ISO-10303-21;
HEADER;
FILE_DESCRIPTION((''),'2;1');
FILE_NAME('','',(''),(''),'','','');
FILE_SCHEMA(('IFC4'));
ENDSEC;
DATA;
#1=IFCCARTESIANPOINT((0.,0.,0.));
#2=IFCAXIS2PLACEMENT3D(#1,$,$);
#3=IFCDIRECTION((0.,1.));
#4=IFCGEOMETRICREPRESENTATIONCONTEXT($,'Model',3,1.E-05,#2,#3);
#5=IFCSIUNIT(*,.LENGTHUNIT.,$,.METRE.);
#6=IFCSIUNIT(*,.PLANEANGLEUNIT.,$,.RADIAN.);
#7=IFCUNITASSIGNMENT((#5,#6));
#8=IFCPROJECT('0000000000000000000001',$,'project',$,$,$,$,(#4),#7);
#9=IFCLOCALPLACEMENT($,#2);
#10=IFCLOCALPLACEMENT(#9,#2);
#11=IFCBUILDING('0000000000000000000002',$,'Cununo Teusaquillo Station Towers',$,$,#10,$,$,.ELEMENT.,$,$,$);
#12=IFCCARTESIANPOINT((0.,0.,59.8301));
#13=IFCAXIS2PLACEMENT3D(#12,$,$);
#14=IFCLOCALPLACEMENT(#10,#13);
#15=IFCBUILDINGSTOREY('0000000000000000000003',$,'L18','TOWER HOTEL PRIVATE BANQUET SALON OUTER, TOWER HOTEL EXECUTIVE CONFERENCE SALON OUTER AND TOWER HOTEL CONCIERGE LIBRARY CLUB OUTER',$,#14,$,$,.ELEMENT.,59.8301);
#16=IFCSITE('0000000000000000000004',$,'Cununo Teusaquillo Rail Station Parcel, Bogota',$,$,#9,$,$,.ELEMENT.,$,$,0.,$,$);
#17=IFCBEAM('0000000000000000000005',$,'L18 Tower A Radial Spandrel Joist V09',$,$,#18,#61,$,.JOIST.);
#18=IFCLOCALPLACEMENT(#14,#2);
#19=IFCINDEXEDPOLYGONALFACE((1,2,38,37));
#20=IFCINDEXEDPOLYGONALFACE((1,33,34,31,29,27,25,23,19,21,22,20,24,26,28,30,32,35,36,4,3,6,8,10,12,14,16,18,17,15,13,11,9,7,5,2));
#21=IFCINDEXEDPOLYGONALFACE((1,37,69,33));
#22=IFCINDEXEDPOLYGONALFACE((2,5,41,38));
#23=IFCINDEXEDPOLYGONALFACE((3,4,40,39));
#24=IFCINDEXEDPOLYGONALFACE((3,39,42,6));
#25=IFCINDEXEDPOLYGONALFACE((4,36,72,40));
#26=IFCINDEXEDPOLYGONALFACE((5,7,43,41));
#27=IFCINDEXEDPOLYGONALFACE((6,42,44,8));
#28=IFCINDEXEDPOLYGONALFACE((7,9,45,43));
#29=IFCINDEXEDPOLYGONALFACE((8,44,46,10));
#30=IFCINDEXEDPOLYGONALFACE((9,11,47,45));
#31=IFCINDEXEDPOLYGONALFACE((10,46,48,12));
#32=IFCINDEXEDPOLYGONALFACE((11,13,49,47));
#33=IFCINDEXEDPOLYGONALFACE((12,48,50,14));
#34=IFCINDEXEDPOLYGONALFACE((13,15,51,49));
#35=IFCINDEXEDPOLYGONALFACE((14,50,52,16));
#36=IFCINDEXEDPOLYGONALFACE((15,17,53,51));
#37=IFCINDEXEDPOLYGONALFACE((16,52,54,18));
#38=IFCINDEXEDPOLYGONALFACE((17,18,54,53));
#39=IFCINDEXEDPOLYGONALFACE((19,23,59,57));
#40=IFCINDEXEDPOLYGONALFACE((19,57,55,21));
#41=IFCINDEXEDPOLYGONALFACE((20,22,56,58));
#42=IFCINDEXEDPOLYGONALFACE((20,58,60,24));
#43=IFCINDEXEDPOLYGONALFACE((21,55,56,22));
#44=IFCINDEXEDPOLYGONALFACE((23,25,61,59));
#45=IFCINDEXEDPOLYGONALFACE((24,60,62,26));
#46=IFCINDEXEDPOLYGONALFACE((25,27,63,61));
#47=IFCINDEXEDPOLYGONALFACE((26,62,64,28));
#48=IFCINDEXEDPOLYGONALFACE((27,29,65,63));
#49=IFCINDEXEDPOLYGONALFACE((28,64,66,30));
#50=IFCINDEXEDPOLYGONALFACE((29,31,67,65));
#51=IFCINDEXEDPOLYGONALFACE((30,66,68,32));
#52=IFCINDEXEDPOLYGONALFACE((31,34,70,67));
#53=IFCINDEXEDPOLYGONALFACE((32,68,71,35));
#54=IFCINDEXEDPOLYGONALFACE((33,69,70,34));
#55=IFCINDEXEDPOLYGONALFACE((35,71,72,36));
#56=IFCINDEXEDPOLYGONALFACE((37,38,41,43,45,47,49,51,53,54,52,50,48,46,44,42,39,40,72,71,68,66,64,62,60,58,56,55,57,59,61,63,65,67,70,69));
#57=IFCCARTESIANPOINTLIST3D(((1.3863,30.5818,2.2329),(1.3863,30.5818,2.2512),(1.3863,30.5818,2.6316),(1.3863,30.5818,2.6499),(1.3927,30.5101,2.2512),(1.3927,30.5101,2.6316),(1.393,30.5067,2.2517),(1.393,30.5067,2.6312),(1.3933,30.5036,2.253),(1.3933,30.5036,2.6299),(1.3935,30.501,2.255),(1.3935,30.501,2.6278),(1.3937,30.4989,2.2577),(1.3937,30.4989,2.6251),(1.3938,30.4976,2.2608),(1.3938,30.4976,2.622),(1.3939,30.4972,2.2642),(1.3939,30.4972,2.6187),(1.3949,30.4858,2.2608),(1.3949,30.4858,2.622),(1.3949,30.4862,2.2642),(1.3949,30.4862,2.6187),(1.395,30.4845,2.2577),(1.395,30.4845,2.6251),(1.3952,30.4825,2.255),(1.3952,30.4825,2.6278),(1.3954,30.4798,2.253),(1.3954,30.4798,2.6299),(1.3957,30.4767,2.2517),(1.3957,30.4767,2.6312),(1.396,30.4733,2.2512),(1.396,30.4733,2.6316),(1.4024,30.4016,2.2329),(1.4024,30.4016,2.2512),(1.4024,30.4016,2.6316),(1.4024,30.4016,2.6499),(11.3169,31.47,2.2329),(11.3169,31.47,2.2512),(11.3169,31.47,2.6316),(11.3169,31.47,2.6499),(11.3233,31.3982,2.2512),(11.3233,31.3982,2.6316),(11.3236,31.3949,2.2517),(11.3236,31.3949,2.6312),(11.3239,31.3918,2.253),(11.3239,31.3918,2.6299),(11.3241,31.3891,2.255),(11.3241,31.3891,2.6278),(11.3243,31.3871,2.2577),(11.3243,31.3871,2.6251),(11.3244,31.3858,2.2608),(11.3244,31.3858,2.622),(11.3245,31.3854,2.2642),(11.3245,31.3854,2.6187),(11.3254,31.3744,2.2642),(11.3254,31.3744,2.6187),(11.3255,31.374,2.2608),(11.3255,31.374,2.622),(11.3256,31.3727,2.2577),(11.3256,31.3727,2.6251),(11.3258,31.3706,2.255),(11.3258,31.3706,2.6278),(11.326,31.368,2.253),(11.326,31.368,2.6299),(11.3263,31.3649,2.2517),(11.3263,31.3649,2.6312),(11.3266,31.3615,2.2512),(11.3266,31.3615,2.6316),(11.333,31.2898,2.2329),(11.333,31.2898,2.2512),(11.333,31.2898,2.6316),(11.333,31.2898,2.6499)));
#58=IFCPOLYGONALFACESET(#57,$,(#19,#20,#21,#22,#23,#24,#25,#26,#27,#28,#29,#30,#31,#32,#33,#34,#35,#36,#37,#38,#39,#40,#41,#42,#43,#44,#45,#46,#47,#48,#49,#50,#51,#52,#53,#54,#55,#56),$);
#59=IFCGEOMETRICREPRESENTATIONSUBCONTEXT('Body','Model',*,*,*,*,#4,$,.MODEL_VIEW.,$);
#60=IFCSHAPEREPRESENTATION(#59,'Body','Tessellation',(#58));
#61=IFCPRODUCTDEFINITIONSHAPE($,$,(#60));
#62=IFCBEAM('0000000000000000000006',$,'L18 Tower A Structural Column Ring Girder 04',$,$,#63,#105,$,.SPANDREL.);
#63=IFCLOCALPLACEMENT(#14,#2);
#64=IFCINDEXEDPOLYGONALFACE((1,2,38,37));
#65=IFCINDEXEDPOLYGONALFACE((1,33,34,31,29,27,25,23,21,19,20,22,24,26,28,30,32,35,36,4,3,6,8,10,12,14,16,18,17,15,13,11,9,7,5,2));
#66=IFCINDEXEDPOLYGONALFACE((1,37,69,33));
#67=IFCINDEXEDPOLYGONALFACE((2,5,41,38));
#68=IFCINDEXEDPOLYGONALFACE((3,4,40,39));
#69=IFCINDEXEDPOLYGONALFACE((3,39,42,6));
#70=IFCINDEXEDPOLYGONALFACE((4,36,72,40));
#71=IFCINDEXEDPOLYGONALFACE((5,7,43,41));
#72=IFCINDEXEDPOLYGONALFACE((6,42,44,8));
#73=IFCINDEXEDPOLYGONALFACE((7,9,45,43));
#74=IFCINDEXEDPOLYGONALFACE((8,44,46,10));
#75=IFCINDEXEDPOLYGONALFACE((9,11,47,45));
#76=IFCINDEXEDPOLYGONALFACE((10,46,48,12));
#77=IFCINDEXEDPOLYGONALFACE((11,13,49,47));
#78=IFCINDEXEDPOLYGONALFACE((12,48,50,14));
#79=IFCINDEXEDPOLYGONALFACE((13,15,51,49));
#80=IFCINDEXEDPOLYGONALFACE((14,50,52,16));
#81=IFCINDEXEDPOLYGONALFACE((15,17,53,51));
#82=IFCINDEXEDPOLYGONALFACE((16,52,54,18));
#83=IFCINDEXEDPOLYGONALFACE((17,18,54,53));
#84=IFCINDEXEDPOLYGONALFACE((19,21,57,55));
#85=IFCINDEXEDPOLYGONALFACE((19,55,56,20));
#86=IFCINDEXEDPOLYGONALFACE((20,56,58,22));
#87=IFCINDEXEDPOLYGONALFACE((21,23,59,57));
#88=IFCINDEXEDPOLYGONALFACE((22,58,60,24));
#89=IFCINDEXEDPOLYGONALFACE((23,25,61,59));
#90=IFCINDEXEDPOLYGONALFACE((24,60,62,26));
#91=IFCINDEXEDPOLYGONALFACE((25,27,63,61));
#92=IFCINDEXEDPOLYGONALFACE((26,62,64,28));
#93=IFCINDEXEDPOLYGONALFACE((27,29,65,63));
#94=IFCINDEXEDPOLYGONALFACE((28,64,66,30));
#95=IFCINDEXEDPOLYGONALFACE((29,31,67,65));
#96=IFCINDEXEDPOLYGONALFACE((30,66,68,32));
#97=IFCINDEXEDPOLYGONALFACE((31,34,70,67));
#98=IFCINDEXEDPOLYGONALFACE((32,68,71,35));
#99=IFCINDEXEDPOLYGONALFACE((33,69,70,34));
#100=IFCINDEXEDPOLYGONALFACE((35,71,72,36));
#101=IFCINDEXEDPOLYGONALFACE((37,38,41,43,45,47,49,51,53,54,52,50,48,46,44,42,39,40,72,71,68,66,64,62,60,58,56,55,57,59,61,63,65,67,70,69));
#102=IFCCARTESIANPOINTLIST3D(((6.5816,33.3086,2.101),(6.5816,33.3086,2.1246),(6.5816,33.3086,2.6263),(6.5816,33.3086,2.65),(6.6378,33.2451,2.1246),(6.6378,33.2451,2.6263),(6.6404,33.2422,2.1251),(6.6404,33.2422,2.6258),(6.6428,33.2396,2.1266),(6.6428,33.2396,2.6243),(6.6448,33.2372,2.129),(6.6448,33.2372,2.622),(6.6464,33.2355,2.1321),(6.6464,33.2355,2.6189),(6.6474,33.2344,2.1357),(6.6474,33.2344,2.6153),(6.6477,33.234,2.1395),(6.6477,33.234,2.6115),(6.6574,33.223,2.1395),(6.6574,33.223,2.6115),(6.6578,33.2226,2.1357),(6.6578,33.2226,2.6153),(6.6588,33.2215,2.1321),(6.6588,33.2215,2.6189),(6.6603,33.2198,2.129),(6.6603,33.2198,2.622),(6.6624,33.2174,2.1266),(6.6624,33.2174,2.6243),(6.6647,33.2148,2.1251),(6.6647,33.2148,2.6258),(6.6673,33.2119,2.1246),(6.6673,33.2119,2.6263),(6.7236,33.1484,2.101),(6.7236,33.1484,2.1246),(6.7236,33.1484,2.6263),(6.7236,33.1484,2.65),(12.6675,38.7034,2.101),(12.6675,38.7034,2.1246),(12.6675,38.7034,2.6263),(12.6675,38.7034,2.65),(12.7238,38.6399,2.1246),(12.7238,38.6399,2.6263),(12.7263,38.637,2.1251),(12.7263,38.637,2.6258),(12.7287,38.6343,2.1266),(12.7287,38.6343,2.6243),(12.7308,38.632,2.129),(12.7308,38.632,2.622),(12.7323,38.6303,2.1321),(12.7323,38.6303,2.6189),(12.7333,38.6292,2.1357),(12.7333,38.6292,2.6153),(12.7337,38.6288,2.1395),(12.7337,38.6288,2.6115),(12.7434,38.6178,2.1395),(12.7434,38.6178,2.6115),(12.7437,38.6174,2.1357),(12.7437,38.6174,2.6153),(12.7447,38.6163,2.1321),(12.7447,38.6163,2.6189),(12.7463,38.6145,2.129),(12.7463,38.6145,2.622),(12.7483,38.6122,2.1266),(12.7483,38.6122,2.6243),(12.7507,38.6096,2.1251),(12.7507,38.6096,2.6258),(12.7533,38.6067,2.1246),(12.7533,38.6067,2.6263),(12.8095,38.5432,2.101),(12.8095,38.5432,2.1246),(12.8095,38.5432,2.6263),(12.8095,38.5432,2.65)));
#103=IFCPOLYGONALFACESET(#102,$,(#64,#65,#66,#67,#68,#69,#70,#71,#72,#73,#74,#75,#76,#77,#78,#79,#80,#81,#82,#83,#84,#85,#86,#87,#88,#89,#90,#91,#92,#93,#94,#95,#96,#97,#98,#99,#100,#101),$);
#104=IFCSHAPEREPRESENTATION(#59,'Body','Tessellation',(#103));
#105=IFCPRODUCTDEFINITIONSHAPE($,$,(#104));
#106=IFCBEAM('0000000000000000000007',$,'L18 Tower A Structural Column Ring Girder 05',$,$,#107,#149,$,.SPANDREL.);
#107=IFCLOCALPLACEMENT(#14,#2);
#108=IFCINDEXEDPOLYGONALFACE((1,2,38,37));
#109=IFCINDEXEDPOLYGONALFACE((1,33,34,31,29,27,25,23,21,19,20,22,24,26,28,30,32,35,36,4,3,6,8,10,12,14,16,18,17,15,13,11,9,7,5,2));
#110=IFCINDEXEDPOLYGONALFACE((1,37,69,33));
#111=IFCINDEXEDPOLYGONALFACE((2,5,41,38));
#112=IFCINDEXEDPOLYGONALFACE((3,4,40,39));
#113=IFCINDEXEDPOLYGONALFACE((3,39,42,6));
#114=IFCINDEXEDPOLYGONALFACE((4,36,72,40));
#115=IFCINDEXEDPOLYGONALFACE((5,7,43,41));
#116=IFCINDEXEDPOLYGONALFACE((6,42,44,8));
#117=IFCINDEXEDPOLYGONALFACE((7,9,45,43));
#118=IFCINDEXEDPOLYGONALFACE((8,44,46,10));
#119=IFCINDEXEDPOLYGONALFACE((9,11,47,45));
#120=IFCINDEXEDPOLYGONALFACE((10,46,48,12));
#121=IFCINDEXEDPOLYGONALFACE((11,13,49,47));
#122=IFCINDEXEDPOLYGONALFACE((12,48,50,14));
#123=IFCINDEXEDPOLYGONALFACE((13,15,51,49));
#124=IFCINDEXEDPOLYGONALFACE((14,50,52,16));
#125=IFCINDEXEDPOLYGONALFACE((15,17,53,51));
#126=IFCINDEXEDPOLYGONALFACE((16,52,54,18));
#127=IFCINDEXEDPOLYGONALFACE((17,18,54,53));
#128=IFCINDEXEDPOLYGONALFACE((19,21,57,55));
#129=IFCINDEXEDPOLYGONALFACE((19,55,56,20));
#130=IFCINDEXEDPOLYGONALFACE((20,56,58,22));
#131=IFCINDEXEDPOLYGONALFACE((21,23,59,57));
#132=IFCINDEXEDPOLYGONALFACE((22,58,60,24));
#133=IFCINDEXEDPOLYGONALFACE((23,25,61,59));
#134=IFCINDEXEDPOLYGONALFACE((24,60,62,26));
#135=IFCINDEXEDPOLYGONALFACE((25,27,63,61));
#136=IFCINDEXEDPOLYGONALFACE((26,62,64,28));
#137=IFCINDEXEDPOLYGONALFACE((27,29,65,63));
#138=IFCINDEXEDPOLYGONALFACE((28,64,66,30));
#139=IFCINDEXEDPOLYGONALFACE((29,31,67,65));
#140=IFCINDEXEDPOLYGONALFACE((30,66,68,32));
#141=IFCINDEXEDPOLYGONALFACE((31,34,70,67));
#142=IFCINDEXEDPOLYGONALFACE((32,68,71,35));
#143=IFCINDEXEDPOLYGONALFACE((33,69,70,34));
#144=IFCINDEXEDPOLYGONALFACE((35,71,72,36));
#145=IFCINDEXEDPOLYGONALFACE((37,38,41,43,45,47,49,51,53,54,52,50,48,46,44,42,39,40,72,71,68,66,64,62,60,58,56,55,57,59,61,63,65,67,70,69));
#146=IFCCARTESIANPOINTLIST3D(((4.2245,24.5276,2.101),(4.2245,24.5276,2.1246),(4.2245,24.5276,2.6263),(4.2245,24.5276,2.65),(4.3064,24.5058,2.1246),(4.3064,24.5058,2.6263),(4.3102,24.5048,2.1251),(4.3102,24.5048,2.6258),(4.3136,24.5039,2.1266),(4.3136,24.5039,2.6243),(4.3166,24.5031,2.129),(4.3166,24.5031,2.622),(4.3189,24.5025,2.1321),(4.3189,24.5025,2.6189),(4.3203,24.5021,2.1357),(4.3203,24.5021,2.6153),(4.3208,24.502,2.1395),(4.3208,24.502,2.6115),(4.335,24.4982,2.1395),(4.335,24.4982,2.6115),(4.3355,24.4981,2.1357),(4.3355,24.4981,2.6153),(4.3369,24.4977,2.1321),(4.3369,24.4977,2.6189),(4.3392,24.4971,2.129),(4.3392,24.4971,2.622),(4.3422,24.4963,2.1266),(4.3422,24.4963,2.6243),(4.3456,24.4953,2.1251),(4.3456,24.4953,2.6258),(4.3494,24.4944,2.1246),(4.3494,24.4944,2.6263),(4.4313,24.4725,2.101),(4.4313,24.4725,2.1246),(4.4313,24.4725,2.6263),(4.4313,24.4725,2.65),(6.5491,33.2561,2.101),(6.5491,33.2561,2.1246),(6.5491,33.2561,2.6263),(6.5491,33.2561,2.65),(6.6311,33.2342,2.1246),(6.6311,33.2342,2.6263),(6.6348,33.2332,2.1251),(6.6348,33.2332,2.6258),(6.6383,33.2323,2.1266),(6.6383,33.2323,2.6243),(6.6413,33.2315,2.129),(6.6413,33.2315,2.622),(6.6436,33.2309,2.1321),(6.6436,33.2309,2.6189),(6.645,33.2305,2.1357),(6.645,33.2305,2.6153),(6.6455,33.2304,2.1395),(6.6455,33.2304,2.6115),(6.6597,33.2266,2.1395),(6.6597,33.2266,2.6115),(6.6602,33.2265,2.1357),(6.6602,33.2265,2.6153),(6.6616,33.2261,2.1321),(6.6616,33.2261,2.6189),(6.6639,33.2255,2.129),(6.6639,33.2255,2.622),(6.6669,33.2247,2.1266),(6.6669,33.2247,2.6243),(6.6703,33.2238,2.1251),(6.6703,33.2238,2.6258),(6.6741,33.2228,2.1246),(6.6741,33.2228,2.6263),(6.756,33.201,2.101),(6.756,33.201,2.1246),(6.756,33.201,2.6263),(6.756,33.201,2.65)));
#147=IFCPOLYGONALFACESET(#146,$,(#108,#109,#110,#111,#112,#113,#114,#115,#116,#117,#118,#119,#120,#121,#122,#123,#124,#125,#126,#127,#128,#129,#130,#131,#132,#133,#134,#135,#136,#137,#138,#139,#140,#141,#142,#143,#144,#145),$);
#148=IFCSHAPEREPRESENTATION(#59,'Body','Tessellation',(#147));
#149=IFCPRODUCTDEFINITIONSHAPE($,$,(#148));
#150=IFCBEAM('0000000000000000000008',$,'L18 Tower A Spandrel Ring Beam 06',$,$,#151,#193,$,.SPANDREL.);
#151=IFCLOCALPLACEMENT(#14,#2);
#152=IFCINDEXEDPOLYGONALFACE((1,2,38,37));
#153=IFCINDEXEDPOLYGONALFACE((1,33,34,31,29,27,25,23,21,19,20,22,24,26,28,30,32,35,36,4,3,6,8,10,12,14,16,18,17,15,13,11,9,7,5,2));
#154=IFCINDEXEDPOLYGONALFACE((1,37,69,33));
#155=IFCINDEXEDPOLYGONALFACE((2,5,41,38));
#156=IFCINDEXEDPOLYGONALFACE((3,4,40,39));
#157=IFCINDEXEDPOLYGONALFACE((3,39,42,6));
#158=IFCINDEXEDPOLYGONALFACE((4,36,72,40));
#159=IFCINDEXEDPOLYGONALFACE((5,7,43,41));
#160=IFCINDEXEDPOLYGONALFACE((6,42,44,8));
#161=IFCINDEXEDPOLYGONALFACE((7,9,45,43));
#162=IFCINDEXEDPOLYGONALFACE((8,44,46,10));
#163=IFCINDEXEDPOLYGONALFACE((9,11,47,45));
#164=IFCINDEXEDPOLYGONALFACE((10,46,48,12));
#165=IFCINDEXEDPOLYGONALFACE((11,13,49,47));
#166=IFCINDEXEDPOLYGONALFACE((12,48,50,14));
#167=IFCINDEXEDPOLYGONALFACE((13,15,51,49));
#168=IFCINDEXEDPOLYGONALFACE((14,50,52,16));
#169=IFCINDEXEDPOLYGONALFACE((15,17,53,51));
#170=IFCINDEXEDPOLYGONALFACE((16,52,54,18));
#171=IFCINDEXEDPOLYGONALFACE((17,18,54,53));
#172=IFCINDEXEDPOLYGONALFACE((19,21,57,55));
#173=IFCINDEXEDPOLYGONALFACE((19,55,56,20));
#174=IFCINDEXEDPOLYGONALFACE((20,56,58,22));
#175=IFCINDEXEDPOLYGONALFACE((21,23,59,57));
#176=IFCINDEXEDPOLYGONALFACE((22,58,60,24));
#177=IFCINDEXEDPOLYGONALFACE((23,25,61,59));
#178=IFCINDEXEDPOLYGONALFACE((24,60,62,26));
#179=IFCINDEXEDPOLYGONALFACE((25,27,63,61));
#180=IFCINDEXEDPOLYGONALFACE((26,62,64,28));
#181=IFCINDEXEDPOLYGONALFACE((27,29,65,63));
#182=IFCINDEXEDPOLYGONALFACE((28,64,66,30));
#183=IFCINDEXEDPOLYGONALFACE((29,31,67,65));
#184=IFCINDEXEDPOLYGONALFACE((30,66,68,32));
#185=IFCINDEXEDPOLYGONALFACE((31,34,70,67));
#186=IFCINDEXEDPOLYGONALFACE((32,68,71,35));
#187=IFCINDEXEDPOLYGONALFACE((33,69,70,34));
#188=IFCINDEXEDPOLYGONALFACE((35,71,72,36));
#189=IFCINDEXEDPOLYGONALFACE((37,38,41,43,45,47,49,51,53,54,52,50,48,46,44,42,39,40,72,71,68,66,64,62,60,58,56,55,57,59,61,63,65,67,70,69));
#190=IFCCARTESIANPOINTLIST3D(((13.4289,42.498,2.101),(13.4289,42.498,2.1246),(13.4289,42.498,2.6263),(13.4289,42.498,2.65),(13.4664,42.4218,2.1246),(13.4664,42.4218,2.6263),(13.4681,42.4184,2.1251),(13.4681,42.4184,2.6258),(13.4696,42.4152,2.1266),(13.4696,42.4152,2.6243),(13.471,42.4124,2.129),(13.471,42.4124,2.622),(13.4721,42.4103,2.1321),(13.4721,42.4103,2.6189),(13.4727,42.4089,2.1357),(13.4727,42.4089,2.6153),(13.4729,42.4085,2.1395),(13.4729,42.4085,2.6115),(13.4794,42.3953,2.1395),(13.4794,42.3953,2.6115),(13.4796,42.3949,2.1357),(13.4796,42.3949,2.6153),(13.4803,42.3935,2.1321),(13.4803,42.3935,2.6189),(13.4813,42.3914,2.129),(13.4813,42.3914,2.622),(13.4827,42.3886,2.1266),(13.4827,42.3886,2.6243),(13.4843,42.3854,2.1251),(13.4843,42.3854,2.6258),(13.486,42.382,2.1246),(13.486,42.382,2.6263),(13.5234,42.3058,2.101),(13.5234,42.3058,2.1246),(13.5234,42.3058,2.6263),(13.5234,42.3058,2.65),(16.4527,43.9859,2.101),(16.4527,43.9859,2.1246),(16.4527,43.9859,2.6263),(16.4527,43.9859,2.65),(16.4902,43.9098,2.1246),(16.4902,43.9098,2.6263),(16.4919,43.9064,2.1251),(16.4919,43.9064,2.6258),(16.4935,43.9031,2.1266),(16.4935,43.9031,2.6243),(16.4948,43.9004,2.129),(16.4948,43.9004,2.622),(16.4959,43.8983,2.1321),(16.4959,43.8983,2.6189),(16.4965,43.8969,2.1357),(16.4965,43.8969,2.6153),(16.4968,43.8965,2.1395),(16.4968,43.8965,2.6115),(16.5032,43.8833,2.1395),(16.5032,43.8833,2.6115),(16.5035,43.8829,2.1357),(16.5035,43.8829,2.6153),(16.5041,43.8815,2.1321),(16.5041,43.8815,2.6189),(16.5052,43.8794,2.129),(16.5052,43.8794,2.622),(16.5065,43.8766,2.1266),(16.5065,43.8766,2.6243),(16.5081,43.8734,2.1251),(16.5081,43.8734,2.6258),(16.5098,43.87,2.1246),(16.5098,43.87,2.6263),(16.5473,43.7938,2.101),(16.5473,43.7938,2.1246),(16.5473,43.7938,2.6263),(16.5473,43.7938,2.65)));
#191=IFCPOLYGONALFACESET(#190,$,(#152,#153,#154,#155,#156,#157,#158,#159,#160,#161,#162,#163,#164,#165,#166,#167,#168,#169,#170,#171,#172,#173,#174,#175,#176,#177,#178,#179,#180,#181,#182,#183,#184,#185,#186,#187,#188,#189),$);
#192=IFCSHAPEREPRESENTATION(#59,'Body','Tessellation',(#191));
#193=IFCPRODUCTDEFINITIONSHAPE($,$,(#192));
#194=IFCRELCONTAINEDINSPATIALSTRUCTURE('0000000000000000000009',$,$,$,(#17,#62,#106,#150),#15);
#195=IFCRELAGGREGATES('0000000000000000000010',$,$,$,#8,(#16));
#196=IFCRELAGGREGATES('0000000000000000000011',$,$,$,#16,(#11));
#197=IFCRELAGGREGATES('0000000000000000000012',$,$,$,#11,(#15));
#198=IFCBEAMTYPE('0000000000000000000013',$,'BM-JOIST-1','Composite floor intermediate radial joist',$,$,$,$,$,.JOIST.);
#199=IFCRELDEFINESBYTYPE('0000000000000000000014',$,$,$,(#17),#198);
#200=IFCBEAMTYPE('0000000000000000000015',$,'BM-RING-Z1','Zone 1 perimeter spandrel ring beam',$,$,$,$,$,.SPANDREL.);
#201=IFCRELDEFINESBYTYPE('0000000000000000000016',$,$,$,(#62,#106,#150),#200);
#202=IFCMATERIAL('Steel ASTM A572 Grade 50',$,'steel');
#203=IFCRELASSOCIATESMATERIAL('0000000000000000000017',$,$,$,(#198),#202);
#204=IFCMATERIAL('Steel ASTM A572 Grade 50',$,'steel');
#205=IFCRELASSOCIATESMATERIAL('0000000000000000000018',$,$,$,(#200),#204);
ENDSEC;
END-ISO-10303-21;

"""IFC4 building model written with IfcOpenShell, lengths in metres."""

from ifc_helpers import new_model, si_unit, direction, frame, origin, origin_2d, place, context, subcontext, project, spatial, i_section, extrude, material, material_profile, profile_set, type_object, element, save


model = new_model("IFC4")

# Units and contexts
model_context = context("Model", 3, precision=1e-05, world=origin(), true_north=direction((0.0, 1.0)))
body_context = subcontext(model_context, "Body", "Model", "MODEL_VIEW")
ifc_project = project(units=[si_unit("LENGTHUNIT", "METRE"), si_unit("PLANEANGLEUNIT", "RADIAN")], contexts=[model_context])

# Site, building, storey
site_placement = place(None, origin())
site = spatial("IfcSite", under=ifc_project, at=site_placement, Name="Cununo Teusaquillo Rail Station Parcel, Bogota", CompositionType="ELEMENT", RefElevation=0.0)
building_placement = place(site_placement, origin())
building = spatial("IfcBuilding", under=site, at=building_placement, Name="Cununo Teusaquillo Station Towers", CompositionType="ELEMENT")
storey_placement = place(building_placement, frame((0.0, 0.0, 59.8301)))
storey = spatial("IfcBuildingStorey", under=building, at=storey_placement, Name="L18", Description="TOWER HOTEL PRIVATE BANQUET SALON OUTER, TOWER HOTEL EXECUTIVE CONFERENCE SALON OUTER AND TOWER HOTEL CONCIERGE LIBRARY CLUB OUTER", CompositionType="ELEMENT", Elevation=59.8301)

# Beams
ifc_material_1 = material(Name="Steel ASTM A572 Grade 50", Category="steel")
ifc_material_profile_1 = material_profile(ifc_material_1, i_section(OverallWidth=0.1809, OverallDepth=0.417, WebThickness=0.011, FlangeThickness=0.0183, FilletRadius=0.0129, at=origin_2d()), Name="W16X57")
ifc_profile_set_1 = profile_set([ifc_material_profile_1], Name="Steel ASTM A572 Grade 50")
beam_type_1 = type_object("IfcBeamType", Name="BM-JOIST-1", Description="Composite floor intermediate radial joist", PredefinedType="JOIST", material=ifc_profile_set_1)
beam_1_placement = place(storey_placement, frame((11.325, 31.3799, 2.4414), z_axis=(-0.996024, -0.089083, 0.0), x_axis=(0.089083, -0.996024, 0.0)))
element("IfcBeam", 1, at=beam_1_placement, inside=storey, type_object=beam_type_1, Name="L18 Tower A Radial Spandrel Joist V09", PredefinedType="JOIST", context=body_context, shape_type="SweptSolid", body=[
    extrude(i_section(OverallWidth=0.1809, OverallDepth=0.417, WebThickness=0.011, FlangeThickness=0.0183, FilletRadius=0.0129, at=origin_2d()), origin(), (0.0, 0.0, 1.0), 9.9702),
])
ifc_material_2 = material(Name="Steel ASTM A572 Grade 50", Category="steel")
ifc_material_profile_2 = material_profile(ifc_material_2, i_section(OverallWidth=0.2141, OverallDepth=0.5491, WebThickness=0.0146, FlangeThickness=0.0237, FilletRadius=0.0149, at=origin_2d()), Name="W21X93")
ifc_profile_set_2 = profile_set([ifc_material_profile_2], Name="Steel ASTM A572 Grade 50")
beam_type_2 = type_object("IfcBeamType", Name="BM-RING-Z1", Description="Zone 1 perimeter spandrel ring beam", PredefinedType="SPANDREL", material=ifc_profile_set_2)
beam_2_placement = place(storey_placement, frame((12.7385, 38.6233, 2.3755), z_axis=(-0.748321, -0.663337, 0.0), x_axis=(0.663337, -0.748321, 0.0)))
element("IfcBeam", 2, at=beam_2_placement, inside=storey, type_object=beam_type_2, Name="L18 Tower A Structural Column Ring Girder 04", PredefinedType="SPANDREL", context=body_context, shape_type="SweptSolid", body=[
    extrude(i_section(OverallWidth=0.2141, OverallDepth=0.5491, WebThickness=0.0146, FlangeThickness=0.0237, FilletRadius=0.0149, at=origin_2d()), origin(), (0.0, 0.0, 1.0), 8.1328),
])
beam_3_placement = place(storey_placement, frame((6.6526, 33.2285, 2.3755), z_axis=(-0.257363, -0.966315, 0.0), x_axis=(0.966315, -0.257363, 0.0)))
element("IfcBeam", 3, at=beam_3_placement, inside=storey, type_object=beam_type_2, Name="L18 Tower A Structural Column Ring Girder 05", PredefinedType="SPANDREL", context=body_context, shape_type="SweptSolid", body=[
    extrude(i_section(OverallWidth=0.2141, OverallDepth=0.5491, WebThickness=0.0146, FlangeThickness=0.0237, FilletRadius=0.0149, at=origin_2d()), origin(), (0.0, 0.0, 1.0), 9.0327),
])
beam_4_placement = place(storey_placement, frame((16.5, 43.8899, 2.3755), z_axis=(-0.897249, -0.441525, 0.0), x_axis=(0.441525, -0.897249, 0.0)))
element("IfcBeam", 4, at=beam_4_placement, inside=storey, type_object=beam_type_2, Name="L18 Tower A Spandrel Ring Beam 06", PredefinedType="SPANDREL", context=body_context, shape_type="SweptSolid", body=[
    extrude(i_section(OverallWidth=0.2141, OverallDepth=0.5491, WebThickness=0.0146, FlangeThickness=0.0237, FilletRadius=0.0149, at=origin_2d()), origin(), (0.0, 0.0, 1.0), 3.3701),
])

save(model, "model.ifc")
